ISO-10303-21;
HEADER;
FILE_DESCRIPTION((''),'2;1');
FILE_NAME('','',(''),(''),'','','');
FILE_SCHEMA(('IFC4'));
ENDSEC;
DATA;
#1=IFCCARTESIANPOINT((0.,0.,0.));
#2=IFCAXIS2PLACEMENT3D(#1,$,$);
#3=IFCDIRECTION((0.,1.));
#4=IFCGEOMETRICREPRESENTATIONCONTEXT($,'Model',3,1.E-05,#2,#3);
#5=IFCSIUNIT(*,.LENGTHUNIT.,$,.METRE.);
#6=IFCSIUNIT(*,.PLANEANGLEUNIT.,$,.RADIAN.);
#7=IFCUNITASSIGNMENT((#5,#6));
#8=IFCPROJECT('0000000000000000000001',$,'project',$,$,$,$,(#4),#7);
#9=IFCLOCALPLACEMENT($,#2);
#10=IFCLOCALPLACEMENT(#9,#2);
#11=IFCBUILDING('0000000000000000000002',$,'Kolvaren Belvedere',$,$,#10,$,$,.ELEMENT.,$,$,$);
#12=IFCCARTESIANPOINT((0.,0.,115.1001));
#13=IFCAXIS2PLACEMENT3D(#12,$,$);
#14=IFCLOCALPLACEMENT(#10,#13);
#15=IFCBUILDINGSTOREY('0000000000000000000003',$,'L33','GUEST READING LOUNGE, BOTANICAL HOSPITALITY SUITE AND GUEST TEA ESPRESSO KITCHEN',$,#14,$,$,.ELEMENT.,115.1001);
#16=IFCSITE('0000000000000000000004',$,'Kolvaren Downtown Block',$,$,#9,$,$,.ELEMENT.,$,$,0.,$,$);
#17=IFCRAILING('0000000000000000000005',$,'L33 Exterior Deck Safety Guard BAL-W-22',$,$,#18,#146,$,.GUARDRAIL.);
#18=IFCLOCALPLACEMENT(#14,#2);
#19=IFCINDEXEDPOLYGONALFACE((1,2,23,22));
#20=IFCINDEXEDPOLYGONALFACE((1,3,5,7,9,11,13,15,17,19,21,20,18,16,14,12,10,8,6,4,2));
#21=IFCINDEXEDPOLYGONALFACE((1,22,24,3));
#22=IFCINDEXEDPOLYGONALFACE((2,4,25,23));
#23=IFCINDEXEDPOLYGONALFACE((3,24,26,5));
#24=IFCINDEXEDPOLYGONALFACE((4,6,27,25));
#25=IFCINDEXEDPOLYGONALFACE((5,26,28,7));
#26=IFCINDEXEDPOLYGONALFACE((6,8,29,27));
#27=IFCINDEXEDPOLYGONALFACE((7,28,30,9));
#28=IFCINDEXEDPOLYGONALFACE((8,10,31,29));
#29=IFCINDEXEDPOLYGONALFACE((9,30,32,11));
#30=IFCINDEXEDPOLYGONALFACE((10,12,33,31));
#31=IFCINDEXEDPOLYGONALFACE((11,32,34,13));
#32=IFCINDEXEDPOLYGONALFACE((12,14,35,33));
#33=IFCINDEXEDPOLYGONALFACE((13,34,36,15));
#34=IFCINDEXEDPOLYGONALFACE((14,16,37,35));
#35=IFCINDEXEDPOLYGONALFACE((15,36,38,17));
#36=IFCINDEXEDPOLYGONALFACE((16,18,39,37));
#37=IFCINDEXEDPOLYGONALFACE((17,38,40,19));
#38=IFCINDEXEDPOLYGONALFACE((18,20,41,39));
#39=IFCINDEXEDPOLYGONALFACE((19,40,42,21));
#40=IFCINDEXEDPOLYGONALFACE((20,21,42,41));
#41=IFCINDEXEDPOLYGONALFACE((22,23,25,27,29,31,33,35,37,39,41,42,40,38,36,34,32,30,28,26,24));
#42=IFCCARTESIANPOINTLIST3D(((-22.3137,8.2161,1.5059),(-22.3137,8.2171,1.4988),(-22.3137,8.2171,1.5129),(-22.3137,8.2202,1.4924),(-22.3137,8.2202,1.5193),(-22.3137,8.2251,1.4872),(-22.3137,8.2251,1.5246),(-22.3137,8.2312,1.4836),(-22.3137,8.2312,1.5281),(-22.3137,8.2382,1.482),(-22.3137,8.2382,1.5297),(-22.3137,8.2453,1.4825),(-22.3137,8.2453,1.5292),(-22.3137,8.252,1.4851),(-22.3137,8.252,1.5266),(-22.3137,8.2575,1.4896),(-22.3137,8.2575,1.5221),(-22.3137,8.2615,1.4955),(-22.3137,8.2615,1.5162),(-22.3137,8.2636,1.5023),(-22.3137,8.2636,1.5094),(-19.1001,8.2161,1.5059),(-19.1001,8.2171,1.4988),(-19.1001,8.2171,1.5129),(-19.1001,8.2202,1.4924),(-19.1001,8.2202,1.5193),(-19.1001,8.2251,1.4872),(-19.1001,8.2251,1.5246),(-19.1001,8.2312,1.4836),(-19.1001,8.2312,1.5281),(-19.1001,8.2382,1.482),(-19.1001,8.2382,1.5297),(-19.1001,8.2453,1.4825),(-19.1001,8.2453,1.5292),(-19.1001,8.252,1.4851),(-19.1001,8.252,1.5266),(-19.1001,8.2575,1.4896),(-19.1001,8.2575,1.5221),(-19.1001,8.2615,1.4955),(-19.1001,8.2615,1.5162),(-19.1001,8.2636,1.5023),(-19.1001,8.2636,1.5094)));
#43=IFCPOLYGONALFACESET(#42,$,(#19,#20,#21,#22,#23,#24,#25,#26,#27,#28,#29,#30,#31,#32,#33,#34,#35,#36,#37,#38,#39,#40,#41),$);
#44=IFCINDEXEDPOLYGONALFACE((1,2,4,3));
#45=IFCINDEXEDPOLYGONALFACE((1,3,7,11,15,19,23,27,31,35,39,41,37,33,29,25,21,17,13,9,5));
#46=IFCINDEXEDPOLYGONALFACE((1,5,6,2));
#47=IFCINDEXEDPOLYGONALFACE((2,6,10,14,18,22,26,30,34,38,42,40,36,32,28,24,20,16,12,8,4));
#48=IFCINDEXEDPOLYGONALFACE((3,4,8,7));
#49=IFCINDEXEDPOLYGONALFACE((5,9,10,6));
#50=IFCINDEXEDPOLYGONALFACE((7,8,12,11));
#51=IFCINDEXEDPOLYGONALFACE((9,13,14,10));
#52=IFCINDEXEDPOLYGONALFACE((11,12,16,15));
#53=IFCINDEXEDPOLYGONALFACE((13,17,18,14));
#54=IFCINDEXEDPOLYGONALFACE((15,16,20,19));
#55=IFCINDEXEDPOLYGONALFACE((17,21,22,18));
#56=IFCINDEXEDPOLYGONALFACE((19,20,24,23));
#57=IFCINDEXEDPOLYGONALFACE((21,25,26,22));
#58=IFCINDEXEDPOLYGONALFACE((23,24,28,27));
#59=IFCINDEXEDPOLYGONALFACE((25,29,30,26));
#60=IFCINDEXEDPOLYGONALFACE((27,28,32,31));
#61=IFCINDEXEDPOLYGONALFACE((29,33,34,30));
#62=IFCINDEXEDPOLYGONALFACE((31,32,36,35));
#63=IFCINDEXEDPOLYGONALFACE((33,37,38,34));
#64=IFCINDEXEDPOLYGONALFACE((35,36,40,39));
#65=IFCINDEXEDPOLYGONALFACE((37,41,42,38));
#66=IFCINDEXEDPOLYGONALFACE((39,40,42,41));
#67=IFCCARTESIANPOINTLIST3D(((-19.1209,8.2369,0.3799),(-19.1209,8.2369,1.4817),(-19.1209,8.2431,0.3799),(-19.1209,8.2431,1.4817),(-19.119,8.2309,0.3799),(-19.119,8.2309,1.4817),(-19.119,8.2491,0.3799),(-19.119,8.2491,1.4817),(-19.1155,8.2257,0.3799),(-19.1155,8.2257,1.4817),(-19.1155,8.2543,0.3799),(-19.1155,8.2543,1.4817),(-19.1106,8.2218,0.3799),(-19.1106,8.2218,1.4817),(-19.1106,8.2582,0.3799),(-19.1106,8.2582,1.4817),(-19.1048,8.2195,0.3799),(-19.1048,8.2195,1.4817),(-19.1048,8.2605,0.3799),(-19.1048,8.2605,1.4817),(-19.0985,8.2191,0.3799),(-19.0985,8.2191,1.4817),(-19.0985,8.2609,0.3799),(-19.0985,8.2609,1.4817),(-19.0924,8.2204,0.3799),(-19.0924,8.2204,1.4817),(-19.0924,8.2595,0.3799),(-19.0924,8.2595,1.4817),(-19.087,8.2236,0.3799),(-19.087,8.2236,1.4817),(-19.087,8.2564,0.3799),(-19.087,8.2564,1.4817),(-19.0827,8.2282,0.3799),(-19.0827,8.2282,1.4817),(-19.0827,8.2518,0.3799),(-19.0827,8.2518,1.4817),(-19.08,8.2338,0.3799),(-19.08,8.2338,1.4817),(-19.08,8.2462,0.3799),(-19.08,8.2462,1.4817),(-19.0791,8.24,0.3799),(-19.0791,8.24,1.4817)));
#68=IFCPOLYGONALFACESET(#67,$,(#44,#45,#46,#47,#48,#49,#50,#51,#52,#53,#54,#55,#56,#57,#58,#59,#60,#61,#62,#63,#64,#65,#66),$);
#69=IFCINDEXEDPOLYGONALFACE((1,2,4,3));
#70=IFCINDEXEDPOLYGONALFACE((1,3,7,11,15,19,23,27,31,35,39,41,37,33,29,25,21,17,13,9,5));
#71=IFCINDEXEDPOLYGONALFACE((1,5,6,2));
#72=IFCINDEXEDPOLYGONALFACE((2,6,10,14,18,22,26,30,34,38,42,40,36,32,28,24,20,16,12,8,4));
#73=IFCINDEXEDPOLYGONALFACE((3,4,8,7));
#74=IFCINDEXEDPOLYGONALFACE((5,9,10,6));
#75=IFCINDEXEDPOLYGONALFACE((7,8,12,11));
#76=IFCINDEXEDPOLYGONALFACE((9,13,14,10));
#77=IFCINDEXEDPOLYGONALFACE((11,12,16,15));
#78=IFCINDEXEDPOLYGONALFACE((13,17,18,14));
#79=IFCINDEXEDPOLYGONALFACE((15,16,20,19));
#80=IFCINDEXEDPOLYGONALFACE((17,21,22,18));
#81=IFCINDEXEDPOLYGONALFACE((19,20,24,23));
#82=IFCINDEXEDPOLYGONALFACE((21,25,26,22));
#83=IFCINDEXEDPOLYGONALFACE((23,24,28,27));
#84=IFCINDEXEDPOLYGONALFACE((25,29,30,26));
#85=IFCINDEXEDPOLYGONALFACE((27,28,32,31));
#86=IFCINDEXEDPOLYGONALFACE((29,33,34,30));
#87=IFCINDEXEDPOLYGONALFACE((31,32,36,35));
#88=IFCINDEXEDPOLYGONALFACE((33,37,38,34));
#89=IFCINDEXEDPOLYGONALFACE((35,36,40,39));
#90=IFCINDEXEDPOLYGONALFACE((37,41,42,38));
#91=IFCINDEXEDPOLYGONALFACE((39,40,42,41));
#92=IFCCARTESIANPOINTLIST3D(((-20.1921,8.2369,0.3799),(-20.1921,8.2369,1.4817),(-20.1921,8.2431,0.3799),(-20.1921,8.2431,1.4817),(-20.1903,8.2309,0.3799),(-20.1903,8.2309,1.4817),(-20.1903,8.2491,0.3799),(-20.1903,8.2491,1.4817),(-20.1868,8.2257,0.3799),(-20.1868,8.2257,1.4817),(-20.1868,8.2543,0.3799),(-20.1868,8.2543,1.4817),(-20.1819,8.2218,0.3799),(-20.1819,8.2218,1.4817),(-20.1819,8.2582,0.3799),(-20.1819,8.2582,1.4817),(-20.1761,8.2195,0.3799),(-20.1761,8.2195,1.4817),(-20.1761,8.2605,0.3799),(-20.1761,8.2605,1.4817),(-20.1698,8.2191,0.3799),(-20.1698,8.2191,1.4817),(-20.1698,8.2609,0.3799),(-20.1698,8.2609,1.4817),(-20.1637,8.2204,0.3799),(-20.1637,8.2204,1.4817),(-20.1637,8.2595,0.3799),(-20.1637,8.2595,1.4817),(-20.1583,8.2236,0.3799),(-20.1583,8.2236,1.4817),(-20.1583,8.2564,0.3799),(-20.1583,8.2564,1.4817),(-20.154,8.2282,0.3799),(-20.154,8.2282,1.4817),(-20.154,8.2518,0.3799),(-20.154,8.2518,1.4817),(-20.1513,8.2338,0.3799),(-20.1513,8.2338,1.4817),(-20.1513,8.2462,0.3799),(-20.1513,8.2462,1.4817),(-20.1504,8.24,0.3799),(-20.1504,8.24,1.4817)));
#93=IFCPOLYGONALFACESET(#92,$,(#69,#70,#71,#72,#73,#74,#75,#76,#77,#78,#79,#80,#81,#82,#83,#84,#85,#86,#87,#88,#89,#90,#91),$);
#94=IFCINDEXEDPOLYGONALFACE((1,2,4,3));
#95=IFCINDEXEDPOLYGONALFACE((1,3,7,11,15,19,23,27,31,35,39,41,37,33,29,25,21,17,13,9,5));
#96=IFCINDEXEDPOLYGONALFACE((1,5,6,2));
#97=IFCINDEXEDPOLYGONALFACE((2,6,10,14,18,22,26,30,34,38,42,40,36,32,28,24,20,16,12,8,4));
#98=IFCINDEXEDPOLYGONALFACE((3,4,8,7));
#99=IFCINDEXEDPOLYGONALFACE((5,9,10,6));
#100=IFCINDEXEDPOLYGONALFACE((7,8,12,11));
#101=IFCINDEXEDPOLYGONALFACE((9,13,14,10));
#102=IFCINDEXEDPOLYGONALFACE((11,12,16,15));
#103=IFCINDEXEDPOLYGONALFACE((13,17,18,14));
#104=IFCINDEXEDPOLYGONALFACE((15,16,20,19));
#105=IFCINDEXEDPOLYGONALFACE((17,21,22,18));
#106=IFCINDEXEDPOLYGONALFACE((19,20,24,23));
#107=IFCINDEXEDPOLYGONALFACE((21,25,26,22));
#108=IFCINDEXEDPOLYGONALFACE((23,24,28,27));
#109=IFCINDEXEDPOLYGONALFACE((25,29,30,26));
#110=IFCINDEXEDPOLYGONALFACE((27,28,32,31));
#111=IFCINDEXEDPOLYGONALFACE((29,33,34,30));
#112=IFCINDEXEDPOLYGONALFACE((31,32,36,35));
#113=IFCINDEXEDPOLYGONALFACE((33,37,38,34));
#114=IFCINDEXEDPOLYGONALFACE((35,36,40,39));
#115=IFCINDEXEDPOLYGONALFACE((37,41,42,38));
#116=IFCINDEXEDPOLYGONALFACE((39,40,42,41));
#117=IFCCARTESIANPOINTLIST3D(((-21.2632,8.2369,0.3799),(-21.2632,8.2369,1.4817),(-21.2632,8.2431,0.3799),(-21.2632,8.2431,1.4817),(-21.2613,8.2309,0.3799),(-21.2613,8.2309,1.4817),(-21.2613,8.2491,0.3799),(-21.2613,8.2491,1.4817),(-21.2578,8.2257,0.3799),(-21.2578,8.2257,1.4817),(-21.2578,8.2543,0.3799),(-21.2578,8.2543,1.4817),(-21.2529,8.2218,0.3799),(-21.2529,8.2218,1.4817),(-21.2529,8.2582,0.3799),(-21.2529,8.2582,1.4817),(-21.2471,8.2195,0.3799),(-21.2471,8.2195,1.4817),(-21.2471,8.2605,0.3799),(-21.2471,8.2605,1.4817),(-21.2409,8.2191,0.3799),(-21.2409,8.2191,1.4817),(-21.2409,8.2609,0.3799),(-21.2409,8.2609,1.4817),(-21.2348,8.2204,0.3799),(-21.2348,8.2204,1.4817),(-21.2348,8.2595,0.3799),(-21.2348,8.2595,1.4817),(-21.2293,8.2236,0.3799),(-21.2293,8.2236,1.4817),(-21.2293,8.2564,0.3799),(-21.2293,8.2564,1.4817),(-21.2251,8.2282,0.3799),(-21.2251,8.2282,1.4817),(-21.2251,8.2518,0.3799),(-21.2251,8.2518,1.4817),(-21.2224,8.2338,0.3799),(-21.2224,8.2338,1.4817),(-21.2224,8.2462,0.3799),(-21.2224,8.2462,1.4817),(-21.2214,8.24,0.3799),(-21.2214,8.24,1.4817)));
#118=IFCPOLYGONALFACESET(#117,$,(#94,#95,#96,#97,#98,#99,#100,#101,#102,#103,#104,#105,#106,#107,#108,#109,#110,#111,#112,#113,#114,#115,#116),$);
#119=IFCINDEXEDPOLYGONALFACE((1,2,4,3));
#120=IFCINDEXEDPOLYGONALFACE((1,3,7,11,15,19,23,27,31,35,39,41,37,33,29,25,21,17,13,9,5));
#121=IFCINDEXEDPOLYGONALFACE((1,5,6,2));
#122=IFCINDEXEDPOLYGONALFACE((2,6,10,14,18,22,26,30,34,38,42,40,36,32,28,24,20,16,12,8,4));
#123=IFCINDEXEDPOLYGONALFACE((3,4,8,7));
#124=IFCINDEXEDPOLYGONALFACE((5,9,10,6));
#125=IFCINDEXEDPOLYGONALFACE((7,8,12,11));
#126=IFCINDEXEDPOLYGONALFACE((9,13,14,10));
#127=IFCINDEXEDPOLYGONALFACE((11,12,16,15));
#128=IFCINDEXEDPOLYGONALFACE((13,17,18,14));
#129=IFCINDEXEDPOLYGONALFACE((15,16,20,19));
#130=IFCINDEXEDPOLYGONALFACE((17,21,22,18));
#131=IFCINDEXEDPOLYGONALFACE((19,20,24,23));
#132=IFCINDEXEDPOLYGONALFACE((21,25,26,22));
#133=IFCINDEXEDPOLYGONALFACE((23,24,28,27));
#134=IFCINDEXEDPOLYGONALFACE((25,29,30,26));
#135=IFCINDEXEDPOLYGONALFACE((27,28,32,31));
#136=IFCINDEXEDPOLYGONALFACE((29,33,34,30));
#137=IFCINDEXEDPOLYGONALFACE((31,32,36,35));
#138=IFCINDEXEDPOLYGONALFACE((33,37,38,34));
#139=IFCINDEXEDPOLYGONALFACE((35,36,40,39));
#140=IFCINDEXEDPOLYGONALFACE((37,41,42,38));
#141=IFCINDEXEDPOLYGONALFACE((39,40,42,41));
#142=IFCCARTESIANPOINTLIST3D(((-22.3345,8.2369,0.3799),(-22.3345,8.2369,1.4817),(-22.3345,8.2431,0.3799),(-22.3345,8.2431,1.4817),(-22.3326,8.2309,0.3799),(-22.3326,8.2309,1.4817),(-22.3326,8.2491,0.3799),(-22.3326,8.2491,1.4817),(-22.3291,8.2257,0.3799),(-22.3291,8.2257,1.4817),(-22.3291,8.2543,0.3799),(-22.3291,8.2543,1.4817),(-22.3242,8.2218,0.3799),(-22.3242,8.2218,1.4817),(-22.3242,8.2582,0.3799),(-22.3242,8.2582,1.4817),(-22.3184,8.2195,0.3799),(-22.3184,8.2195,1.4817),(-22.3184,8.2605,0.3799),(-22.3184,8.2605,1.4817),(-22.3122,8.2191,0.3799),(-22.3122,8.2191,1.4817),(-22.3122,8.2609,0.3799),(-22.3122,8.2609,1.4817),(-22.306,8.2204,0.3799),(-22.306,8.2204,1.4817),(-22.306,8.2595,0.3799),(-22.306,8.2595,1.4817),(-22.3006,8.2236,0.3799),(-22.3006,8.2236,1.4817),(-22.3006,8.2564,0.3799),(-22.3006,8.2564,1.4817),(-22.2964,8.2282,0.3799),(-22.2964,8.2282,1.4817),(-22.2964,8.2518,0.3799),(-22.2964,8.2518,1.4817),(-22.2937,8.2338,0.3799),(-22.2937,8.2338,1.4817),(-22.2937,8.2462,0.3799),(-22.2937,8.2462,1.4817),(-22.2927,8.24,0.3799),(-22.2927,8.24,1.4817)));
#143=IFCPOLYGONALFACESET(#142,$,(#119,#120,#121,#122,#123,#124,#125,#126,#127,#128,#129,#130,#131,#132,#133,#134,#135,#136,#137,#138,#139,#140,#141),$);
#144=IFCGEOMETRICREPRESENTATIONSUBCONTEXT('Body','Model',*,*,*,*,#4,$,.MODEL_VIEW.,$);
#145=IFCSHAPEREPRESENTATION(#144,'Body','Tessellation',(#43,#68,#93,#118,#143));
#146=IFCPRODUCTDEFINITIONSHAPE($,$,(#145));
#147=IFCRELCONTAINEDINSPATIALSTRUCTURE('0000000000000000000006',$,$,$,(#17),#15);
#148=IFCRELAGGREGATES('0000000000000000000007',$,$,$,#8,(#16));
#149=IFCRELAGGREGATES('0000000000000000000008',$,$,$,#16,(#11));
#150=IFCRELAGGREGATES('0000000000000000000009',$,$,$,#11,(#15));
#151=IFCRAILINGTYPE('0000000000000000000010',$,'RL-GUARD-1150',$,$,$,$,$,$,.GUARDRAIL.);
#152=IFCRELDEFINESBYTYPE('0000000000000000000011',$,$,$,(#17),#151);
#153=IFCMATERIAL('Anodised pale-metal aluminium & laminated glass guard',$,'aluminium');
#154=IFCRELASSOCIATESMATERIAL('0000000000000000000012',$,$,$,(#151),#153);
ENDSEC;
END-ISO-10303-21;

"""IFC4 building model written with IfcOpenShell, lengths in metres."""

from ifc_helpers import new_model, si_unit, direction, frame, origin, origin_2d, place, context, subcontext, project, spatial, circle, extrude, material, type_object, element, save


model = new_model("IFC4")

# Units and contexts
model_context = context("Model", 3, precision=1e-05, world=origin(), true_north=direction((0.0, 1.0)))
body_context = subcontext(model_context, "Body", "Model", "MODEL_VIEW")
ifc_project = project(units=[si_unit("LENGTHUNIT", "METRE"), si_unit("PLANEANGLEUNIT", "RADIAN")], contexts=[model_context])

# Site, building, storey
site_placement = place(None, origin())
site = spatial("IfcSite", under=ifc_project, at=site_placement, Name="Kolvaren Downtown Block", CompositionType="ELEMENT", RefElevation=0.0)
building_placement = place(site_placement, origin())
building = spatial("IfcBuilding", under=site, at=building_placement, Name="Kolvaren Belvedere", CompositionType="ELEMENT")
storey_placement = place(building_placement, frame((0.0, 0.0, 115.1001)))
storey = spatial("IfcBuildingStorey", under=building, at=storey_placement, Name="L33", Description="GUEST READING LOUNGE, BOTANICAL HOSPITALITY SUITE AND GUEST TEA ESPRESSO KITCHEN", CompositionType="ELEMENT", Elevation=115.1001)

# Railing
ifc_material_1 = material(Name="Anodised pale-metal aluminium & laminated glass guard", Category="aluminium")
railing_type = type_object("IfcRailingType", Name="RL-GUARD-1150", PredefinedType="GUARDRAIL", material=ifc_material_1)
railing_1_placement = place(storey_placement, frame((-19.1001, 8.24, 0.3799)))
element("IfcRailing", 1, at=railing_1_placement, inside=storey, type_object=railing_type, Name="L33 Exterior Deck Safety Guard BAL-W-22", PredefinedType="GUARDRAIL", context=body_context, shape_type="SweptSolid", body=[
    extrude(circle(Radius=0.0239, at=origin_2d()), frame((0.0, 0.0, 1.126), z_axis=(-1.0, 0.0, 0.0), x_axis=(0.0, -1.0, 0.0)), (0.0, 0.0, 1.0), 3.2136),
    extrude(circle(Radius=0.021, at=origin_2d()), origin(), (0.0, 0.0, 1.0), 1.1018),
    extrude(circle(Radius=0.021, at=origin_2d()), frame((-1.0713, 0.0, 0.0)), (0.0, 0.0, 1.0), 1.1018),
    extrude(circle(Radius=0.021, at=origin_2d()), frame((-2.1423, 0.0, 0.0)), (0.0, 0.0, 1.0), 1.1018),
    extrude(circle(Radius=0.021, at=origin_2d()), frame((-3.2136, 0.0, 0.0)), (0.0, 0.0, 1.0), 1.1018),
])

save(model, "model.ifc")
